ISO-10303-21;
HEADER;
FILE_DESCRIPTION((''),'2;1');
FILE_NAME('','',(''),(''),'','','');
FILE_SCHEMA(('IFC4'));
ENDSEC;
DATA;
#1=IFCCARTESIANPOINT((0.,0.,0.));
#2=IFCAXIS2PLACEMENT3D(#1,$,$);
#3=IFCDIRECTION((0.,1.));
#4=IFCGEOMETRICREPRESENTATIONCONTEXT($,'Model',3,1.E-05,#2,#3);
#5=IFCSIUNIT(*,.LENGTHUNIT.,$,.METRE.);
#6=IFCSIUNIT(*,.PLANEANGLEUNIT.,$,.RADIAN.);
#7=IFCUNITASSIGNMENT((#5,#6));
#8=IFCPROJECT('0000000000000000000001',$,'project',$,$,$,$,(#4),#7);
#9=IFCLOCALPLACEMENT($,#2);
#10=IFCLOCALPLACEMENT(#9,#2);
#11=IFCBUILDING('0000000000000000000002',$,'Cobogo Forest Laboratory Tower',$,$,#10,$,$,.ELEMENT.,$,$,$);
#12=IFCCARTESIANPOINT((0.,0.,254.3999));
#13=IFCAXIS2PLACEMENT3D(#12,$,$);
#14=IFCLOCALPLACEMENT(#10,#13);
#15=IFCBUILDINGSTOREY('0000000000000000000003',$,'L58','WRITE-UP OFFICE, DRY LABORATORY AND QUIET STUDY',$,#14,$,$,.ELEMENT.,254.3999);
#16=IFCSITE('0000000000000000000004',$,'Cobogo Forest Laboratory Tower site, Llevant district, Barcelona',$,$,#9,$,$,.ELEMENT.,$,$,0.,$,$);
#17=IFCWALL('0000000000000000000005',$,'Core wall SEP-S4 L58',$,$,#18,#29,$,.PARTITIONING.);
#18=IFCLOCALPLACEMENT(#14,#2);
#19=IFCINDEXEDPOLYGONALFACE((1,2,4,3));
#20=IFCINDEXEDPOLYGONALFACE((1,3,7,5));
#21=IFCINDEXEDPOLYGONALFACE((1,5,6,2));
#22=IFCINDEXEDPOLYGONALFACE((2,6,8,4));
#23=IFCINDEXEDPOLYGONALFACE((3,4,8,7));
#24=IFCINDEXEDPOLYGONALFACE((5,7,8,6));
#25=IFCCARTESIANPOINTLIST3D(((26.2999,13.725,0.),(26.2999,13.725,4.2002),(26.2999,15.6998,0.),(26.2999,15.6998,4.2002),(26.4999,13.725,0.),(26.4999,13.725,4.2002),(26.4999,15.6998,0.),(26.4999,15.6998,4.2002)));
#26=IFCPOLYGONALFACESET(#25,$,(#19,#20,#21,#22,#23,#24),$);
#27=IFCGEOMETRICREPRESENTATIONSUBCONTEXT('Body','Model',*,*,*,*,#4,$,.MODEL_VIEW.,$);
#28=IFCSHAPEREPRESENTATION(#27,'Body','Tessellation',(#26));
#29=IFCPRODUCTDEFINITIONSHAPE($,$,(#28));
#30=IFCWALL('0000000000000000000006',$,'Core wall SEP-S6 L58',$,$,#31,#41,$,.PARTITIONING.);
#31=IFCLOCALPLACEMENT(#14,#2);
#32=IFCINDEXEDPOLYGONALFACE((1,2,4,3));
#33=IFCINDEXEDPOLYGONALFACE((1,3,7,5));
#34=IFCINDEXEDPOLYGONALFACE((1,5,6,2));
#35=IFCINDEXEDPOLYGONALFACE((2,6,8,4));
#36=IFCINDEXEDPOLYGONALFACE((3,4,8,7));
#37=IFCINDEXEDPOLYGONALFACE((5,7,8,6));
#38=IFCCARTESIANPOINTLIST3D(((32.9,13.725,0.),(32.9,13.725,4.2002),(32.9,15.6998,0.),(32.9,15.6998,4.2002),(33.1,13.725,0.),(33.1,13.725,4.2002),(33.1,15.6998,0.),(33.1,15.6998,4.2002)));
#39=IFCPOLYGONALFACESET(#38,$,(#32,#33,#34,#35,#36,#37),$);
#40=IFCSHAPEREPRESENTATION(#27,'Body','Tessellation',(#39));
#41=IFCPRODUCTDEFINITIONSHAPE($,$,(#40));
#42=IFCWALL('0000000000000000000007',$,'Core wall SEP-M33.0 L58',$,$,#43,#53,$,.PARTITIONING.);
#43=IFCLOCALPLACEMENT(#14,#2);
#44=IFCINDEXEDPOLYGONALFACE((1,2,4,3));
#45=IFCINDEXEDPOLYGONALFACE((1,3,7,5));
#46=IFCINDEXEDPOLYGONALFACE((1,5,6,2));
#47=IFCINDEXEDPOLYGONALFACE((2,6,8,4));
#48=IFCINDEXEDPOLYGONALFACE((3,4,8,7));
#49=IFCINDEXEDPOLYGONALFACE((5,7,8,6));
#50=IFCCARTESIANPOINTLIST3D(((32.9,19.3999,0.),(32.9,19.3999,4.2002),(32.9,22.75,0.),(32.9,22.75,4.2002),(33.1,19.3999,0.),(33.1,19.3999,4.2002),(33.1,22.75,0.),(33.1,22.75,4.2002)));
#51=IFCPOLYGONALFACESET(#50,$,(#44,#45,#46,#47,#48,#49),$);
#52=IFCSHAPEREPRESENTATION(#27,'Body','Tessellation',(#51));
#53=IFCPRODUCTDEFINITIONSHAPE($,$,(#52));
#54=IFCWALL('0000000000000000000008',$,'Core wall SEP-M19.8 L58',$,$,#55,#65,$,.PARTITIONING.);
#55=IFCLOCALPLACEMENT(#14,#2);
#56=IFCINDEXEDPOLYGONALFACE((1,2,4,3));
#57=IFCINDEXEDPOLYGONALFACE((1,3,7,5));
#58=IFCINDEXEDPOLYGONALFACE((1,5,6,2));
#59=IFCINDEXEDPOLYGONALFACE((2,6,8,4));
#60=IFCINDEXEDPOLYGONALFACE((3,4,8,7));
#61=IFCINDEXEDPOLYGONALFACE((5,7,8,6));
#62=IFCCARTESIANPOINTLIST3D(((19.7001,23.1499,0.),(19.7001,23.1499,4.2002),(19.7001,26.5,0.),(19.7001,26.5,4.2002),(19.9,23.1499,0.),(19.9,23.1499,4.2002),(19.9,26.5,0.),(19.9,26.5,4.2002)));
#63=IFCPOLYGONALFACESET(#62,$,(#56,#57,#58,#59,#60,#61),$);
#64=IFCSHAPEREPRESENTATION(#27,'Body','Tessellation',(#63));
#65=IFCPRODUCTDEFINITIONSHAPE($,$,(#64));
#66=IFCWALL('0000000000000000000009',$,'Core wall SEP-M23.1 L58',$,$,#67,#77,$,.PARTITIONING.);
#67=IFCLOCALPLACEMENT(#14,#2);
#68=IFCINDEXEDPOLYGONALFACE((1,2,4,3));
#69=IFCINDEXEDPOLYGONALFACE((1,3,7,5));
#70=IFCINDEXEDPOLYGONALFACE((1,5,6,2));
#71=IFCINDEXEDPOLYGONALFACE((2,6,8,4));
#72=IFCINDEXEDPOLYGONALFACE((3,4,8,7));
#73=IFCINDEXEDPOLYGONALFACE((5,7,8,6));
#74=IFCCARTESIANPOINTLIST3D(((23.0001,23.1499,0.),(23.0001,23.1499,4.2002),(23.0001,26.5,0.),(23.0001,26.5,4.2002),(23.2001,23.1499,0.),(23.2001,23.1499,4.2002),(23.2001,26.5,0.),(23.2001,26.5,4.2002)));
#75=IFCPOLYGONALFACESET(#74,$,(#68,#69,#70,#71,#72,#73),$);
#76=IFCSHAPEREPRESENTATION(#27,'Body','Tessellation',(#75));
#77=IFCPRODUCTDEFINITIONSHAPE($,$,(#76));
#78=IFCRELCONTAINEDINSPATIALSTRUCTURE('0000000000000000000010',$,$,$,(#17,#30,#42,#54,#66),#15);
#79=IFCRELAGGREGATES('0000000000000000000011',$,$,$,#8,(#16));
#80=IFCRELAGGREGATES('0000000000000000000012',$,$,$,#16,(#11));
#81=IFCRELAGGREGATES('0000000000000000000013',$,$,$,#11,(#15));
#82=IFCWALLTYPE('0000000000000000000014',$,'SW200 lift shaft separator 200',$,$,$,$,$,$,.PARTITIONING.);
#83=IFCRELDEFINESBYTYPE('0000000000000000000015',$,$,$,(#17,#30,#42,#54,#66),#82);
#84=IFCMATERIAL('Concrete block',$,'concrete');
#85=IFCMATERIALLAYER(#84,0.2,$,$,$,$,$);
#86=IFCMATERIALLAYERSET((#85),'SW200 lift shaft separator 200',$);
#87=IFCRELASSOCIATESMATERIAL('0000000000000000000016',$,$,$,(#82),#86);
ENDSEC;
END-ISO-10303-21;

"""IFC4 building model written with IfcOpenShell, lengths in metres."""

from ifc_helpers import new_model, si_unit, direction, frame, frame_2d, origin, place, context, subcontext, project, spatial, rectangle, extrude, material, layer, layer_set, type_object, element, save


model = new_model("IFC4")

# Units and contexts
model_context = context("Model", 3, precision=1e-05, world=origin(), true_north=direction((0.0, 1.0)))
body_context = subcontext(model_context, "Body", "Model", "MODEL_VIEW")
ifc_project = project(units=[si_unit("LENGTHUNIT", "METRE"), si_unit("PLANEANGLEUNIT", "RADIAN")], contexts=[model_context])

# Site, building, storey
site_placement = place(None, origin())
site = spatial("IfcSite", under=ifc_project, at=site_placement, Name="Cobogo Forest Laboratory Tower site, Llevant district, Barcelona", CompositionType="ELEMENT", RefElevation=0.0)
building_placement = place(site_placement, origin())
building = spatial("IfcBuilding", under=site, at=building_placement, Name="Cobogo Forest Laboratory Tower", CompositionType="ELEMENT")
storey_placement = place(building_placement, frame((0.0, 0.0, 254.3999)))
storey = spatial("IfcBuildingStorey", under=building, at=storey_placement, Name="L58", Description="WRITE-UP OFFICE, DRY LABORATORY AND QUIET STUDY", CompositionType="ELEMENT", Elevation=254.3999)

# Walls
ifc_material_1 = material(Name="Concrete block", Category="concrete")
ifc_layer_1 = layer(ifc_material_1, 0.2)
ifc_layer_set_1 = layer_set([ifc_layer_1], Name="SW200 lift shaft separator 200")
wall_type_1 = type_object("IfcWallType", Name="SW200 lift shaft separator 200", PredefinedType="PARTITIONING", material=ifc_layer_set_1)
for number, where, z_axis, x_axis, name in (
    (1, (26.3999, 13.7251, 0.0), (0.0, 0.0, 1.0), (0.0, 1.0, 0.0), "Core wall SEP-S4 L58"),
    (2, (33.0, 13.7251, 0.0), (0.0, 0.0, 1.0), (0.0, 1.0, 0.0), "Core wall SEP-S6 L58"),
):
    element("IfcWall", number, at=place(storey_placement, frame(where, z_axis=z_axis, x_axis=x_axis)), inside=storey, type_object=wall_type_1, Name=name, PredefinedType="PARTITIONING", context=body_context, shape_type="SweptSolid", body=[
        extrude(rectangle(XDim=1.9749, YDim=0.2, at=frame_2d((0.9873, 0.0))), origin(), (0.0, 0.0, 1.0), 4.2002),
    ])
for number, where, z_axis, x_axis, name in (
    (3, (33.0, 19.3999, 0.0), (0.0, 0.0, 1.0), (0.0, 1.0, 0.0), "Core wall SEP-M33.0 L58"),
    (4, (19.8, 23.1499, 0.0), (0.0, 0.0, 1.0), (0.0, 1.0, 0.0), "Core wall SEP-M19.8 L58"),
    (5, (23.1001, 23.1499, 0.0), (0.0, 0.0, 1.0), (0.0, 1.0, 0.0), "Core wall SEP-M23.1 L58"),
):
    element("IfcWall", number, at=place(storey_placement, frame(where, z_axis=z_axis, x_axis=x_axis)), inside=storey, type_object=wall_type_1, Name=name, PredefinedType="PARTITIONING", context=body_context, shape_type="SweptSolid", body=[
        extrude(rectangle(XDim=3.3501, YDim=0.2, at=frame_2d((1.675, 0.0))), origin(), (0.0, 0.0, 1.0), 4.2002),
    ])

save(model, "model.ifc")
